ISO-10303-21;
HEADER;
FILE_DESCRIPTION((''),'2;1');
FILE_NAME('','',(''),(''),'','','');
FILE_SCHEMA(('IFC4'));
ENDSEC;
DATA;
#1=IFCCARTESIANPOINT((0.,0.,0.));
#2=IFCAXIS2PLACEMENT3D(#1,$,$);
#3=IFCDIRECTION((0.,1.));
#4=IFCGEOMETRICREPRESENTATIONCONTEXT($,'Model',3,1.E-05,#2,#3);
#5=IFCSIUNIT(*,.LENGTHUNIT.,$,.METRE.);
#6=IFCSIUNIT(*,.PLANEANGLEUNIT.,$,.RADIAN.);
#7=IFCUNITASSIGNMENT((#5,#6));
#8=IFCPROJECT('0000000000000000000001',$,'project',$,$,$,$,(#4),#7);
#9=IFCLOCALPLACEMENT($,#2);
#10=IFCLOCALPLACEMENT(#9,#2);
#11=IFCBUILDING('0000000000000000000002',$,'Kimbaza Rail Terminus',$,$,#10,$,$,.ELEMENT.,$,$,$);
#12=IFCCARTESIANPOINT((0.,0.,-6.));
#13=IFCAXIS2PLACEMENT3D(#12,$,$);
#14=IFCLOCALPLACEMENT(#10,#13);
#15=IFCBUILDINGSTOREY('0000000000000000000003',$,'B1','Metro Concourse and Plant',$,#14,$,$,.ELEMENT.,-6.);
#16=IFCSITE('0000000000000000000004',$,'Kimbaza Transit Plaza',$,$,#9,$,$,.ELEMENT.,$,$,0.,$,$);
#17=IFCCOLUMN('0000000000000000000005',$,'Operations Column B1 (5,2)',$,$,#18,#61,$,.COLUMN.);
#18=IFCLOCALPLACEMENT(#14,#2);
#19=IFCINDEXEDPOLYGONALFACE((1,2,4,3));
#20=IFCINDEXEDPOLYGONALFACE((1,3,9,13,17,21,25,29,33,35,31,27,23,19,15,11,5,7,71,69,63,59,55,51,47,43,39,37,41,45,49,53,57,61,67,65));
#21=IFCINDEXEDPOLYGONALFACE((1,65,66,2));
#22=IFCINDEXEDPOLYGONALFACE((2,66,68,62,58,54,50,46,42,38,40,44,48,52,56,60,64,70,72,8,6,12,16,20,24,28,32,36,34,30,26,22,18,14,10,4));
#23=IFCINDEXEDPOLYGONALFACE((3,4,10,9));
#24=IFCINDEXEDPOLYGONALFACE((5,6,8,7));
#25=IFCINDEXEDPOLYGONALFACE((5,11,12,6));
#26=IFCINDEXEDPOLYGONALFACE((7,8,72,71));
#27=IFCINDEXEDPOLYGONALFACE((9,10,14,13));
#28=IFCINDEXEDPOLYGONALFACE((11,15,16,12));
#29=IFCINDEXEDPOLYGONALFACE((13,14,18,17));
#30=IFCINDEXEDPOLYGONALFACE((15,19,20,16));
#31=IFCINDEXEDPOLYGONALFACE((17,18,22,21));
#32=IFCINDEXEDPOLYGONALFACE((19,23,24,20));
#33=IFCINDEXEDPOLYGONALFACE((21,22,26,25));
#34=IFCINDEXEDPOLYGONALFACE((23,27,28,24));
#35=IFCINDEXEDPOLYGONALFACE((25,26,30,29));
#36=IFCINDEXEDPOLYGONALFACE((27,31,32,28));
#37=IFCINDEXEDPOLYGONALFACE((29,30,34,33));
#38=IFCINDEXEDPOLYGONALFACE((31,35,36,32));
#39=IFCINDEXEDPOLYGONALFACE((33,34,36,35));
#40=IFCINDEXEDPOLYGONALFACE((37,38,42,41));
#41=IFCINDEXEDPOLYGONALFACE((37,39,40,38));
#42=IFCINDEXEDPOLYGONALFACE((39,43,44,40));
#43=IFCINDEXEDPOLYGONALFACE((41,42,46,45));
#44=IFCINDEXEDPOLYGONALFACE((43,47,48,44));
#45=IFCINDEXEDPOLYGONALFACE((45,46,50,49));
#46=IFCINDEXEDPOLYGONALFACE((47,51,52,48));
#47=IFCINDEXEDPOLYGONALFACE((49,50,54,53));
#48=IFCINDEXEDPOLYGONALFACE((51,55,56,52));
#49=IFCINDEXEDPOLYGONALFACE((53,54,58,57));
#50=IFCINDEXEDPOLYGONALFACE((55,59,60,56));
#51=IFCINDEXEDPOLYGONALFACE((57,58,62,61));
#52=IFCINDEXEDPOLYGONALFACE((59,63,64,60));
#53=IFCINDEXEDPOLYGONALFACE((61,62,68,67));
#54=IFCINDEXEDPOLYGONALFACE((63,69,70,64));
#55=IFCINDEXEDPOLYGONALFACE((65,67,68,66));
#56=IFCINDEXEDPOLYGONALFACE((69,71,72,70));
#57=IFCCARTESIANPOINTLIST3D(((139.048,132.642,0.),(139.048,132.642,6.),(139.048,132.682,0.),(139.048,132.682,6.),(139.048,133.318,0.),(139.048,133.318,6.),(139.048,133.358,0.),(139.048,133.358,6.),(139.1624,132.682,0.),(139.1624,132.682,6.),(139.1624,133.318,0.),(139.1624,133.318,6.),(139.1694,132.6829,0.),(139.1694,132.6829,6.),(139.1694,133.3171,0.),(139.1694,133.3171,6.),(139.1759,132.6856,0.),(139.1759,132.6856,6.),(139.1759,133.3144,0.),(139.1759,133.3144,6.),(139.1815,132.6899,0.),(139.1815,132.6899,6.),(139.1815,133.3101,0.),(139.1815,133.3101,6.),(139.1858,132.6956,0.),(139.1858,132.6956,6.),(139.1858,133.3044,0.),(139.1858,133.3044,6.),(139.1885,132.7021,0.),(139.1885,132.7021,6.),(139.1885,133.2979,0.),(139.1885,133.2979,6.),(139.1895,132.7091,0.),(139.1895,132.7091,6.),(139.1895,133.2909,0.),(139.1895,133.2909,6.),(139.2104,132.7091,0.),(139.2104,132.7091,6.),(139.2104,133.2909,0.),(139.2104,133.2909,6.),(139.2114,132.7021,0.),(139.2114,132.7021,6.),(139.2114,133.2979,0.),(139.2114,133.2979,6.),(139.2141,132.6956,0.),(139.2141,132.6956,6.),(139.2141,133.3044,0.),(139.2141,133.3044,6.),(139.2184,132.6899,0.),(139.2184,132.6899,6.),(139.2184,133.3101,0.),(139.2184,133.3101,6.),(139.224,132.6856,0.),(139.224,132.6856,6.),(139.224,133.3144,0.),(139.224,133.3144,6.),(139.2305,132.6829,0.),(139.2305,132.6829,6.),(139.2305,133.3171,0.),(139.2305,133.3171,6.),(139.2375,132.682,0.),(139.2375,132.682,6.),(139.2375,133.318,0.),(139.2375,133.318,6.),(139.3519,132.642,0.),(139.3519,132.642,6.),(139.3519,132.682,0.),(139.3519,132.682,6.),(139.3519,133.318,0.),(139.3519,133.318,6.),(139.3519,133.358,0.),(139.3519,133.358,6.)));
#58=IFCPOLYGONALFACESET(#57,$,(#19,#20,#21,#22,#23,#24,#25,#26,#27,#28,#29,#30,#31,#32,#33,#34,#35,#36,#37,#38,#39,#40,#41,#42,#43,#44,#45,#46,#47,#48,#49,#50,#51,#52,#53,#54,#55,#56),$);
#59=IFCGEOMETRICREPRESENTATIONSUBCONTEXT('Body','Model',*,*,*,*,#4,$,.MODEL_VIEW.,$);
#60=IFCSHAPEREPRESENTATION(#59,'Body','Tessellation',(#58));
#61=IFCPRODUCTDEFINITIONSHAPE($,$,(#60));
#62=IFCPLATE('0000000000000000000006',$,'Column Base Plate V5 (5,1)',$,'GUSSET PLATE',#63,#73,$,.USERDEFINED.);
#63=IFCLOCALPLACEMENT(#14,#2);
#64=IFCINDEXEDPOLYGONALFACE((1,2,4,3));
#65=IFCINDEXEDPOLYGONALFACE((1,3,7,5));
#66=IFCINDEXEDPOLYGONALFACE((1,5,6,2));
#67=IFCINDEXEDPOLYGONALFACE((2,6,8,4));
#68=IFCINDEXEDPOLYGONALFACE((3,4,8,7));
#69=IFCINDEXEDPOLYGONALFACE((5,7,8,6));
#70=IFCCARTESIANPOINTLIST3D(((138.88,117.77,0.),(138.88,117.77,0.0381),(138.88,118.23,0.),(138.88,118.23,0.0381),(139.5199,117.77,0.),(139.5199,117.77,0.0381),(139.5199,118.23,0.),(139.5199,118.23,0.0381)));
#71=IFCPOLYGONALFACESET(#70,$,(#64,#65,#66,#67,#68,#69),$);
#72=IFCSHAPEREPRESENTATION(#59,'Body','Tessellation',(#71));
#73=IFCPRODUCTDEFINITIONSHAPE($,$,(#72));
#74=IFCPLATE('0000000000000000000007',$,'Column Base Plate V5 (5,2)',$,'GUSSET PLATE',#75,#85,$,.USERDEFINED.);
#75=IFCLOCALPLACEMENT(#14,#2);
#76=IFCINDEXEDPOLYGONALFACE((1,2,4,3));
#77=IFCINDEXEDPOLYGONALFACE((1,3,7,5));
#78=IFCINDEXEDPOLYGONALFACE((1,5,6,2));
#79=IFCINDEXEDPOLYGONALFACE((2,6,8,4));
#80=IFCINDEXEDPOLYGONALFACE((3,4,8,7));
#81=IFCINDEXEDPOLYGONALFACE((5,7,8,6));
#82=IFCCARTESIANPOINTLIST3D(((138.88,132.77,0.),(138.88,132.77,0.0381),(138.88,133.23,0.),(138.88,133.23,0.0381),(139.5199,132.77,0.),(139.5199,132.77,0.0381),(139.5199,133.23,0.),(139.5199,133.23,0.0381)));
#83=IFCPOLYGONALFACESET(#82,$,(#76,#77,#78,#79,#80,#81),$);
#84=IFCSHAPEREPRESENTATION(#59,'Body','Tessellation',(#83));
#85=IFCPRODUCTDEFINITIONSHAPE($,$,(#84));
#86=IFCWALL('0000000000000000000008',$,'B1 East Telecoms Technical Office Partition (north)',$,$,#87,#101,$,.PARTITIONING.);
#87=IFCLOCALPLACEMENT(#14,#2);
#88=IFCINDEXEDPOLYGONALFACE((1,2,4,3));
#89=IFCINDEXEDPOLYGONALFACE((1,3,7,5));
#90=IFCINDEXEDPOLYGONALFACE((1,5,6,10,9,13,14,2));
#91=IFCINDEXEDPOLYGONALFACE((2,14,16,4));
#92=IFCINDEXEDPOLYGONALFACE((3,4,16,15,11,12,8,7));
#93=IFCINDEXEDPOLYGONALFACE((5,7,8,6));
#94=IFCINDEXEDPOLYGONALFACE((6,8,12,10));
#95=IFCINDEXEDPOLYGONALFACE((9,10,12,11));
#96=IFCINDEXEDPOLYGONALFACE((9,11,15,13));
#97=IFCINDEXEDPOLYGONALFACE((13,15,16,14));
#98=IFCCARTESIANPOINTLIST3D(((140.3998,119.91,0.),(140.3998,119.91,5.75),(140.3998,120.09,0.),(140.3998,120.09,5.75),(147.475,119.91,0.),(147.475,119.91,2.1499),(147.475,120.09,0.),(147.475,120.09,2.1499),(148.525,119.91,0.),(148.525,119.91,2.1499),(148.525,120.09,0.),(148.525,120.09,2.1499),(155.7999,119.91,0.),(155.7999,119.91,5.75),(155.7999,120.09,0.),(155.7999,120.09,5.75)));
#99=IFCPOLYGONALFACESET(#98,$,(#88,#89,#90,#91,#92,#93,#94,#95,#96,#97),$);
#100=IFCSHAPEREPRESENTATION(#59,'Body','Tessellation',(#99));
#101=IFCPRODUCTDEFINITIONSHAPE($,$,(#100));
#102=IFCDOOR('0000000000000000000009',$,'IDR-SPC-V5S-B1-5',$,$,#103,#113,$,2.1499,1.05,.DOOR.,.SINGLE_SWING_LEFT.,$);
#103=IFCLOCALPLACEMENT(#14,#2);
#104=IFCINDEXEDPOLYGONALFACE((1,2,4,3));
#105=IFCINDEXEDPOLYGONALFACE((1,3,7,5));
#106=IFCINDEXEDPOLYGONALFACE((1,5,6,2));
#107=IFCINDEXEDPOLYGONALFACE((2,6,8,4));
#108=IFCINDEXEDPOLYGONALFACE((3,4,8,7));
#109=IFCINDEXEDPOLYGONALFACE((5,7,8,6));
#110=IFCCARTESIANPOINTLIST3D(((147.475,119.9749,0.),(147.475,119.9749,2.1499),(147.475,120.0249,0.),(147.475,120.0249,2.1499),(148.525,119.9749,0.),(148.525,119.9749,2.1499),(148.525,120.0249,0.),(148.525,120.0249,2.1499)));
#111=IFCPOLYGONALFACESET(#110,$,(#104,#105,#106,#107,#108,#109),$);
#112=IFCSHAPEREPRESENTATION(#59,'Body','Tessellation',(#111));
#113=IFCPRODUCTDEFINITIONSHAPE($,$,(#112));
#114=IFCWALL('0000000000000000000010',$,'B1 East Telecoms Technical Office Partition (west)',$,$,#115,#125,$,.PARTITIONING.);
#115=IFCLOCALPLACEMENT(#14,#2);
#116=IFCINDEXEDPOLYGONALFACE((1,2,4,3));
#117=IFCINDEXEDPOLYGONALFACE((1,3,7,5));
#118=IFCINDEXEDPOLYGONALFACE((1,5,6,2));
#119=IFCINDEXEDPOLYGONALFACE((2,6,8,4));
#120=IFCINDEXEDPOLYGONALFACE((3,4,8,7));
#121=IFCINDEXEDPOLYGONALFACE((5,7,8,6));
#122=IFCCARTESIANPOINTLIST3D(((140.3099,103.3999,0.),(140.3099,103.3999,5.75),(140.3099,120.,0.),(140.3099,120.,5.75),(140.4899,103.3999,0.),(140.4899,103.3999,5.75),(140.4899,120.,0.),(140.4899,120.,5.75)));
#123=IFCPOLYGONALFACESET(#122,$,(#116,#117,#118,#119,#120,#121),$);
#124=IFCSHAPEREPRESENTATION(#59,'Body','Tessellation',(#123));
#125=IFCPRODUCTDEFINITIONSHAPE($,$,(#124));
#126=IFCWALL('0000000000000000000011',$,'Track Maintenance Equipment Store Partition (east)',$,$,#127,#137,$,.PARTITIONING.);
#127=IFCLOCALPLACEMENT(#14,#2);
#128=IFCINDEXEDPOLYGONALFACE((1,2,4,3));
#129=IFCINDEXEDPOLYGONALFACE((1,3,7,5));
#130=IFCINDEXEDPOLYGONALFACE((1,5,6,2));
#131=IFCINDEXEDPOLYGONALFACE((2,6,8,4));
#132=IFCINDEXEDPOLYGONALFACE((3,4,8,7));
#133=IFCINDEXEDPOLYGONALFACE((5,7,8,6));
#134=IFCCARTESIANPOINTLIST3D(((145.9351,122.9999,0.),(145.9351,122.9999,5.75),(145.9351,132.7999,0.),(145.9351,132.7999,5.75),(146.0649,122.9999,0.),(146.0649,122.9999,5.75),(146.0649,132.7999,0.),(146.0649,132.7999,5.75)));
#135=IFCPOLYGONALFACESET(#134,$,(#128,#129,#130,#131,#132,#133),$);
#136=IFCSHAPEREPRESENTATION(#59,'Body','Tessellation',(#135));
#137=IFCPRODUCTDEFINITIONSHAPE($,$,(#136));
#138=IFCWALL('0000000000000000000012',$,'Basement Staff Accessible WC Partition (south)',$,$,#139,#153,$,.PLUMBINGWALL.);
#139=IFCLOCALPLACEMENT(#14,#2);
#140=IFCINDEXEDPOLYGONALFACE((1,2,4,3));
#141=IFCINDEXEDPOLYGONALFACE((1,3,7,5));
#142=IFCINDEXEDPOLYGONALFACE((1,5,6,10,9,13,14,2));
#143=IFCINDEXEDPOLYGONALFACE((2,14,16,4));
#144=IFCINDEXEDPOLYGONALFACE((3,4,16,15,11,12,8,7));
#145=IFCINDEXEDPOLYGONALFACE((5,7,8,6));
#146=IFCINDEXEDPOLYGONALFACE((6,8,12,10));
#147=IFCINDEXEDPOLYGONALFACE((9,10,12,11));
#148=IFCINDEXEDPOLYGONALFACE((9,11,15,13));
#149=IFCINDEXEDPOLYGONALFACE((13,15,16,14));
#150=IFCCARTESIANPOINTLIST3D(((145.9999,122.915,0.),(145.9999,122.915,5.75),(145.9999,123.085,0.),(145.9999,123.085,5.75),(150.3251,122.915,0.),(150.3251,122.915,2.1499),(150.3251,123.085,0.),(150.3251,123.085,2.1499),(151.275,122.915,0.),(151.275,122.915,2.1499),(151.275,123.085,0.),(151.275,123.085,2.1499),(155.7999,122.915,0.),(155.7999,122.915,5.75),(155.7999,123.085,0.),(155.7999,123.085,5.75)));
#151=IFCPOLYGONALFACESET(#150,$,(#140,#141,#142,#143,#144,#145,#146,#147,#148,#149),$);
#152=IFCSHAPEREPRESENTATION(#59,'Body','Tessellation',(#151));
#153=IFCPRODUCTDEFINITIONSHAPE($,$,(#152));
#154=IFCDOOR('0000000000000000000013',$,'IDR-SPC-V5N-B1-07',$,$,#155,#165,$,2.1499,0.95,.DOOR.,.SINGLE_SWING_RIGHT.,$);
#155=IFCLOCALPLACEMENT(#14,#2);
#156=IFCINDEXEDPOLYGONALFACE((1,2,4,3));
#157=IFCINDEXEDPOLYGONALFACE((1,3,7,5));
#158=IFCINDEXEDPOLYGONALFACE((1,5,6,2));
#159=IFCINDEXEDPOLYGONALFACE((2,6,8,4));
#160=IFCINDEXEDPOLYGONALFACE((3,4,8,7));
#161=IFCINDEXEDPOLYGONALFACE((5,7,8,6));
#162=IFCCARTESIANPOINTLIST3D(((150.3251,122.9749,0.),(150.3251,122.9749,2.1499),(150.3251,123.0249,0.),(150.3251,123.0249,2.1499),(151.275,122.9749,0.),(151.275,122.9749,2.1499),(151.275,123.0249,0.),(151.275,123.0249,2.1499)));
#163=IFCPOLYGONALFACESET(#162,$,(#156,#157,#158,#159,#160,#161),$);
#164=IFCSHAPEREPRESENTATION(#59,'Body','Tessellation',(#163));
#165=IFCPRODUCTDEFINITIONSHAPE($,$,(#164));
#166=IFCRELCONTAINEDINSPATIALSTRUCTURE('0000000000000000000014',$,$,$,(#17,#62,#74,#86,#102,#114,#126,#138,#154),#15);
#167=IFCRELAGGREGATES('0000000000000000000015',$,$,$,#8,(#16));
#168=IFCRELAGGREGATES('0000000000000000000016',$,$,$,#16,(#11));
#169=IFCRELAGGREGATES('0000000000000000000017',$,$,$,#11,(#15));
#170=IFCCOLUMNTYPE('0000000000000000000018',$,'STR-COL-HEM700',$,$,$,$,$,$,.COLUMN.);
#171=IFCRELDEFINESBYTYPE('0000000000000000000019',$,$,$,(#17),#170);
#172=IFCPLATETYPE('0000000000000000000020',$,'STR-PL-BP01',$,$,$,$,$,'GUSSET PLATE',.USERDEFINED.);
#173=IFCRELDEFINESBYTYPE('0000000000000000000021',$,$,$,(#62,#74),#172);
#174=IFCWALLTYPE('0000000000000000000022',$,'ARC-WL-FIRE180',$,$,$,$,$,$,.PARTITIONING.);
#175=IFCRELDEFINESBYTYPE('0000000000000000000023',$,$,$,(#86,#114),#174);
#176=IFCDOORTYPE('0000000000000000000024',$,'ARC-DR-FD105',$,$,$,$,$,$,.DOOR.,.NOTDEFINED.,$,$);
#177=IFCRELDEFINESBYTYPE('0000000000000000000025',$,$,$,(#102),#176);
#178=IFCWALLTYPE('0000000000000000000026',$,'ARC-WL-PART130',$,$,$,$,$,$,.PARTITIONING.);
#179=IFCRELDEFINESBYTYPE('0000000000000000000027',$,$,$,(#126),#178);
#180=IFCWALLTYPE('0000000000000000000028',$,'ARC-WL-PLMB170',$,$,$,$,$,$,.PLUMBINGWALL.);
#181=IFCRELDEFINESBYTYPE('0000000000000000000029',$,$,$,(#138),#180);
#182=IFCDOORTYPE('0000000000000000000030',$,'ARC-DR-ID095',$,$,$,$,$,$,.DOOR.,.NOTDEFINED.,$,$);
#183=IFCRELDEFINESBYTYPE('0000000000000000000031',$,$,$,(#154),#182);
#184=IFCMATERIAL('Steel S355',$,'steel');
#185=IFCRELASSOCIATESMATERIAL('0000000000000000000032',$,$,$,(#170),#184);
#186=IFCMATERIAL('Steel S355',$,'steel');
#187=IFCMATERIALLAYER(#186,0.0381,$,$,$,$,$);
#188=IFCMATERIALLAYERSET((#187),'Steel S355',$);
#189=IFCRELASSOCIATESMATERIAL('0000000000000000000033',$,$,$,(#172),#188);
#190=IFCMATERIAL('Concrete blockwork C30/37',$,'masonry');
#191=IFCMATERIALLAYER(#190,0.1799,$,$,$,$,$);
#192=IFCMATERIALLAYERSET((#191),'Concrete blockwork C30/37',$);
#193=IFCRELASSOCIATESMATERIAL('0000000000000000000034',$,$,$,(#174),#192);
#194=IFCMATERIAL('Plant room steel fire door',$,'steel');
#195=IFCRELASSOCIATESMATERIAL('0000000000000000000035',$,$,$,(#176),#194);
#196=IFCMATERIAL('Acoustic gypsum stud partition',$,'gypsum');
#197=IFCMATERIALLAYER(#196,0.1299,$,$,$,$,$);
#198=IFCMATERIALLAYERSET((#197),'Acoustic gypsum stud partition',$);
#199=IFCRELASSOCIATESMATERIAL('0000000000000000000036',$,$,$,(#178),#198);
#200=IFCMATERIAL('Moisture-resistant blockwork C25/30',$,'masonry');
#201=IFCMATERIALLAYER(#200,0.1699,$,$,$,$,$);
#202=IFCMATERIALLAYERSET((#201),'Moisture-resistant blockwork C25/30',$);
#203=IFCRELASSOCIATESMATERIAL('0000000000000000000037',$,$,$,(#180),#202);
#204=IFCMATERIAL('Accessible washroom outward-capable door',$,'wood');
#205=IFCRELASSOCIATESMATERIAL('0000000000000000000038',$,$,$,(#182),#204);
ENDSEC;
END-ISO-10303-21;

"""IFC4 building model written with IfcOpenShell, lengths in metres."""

from ifc_helpers import new_model, si_unit, direction, frame, frame_2d, origin, origin_2d, place, context, subcontext, project, spatial, rectangle, i_section, extrude, material, layer, layer_set, material_profile, profile_set, type_object, element, fill, save


model = new_model("IFC4")

# Units and contexts
model_context = context("Model", 3, precision=1e-05, world=origin(), true_north=direction((0.0, 1.0)))
body_context = subcontext(model_context, "Body", "Model", "MODEL_VIEW")
ifc_project = project(units=[si_unit("LENGTHUNIT", "METRE"), si_unit("PLANEANGLEUNIT", "RADIAN")], contexts=[model_context])

# Site, building, storey
site_placement = place(None, origin())
site = spatial("IfcSite", under=ifc_project, at=site_placement, Name="Kimbaza Transit Plaza", CompositionType="ELEMENT", RefElevation=0.0)
building_placement = place(site_placement, origin())
building = spatial("IfcBuilding", under=site, at=building_placement, Name="Kimbaza Rail Terminus", CompositionType="ELEMENT")
storey_placement = place(building_placement, frame((0.0, 0.0, -6.0)))
storey = spatial("IfcBuildingStorey", under=building, at=storey_placement, Name="B1", Description="Metro Concourse and Plant", CompositionType="ELEMENT", Elevation=-6.0)

# Column
ifc_material_1 = material(Name="Steel S355", Category="steel")
ifc_material_profile_1 = material_profile(ifc_material_1, i_section(OverallWidth=0.304, OverallDepth=0.7161, WebThickness=0.021, FlangeThickness=0.04, FilletRadius=0.0271, at=origin_2d()), Name="HEM 700")
ifc_profile_set_1 = profile_set([ifc_material_profile_1], Name="Steel S355")
column_type = type_object("IfcColumnType", Name="STR-COL-HEM700", PredefinedType="COLUMN", material=ifc_profile_set_1)
for number, where, z_axis, x_axis, name in (
    (1, (139.2, 133.0, 0.0), (0.0, 0.0, 1.0), (1.0, 0.0, 0.0), "Operations Column B1 (5,2)"),
):
    element("IfcColumn", number, at=place(storey_placement, frame(where, z_axis=z_axis, x_axis=x_axis)), inside=storey, type_object=column_type, Name=name, PredefinedType="COLUMN", context=body_context, shape_type="SweptSolid", body=[
        extrude(i_section(OverallWidth=0.304, OverallDepth=0.7161, WebThickness=0.021, FlangeThickness=0.04, FilletRadius=0.0271, at=origin_2d()), origin(), (0.0, 0.0, 1.0), 6.0),
    ])

# Plates
ifc_material_2 = material(Name="Steel S355", Category="steel")
ifc_layer_1 = layer(ifc_material_2, 0.0381)
ifc_layer_set_1 = layer_set([ifc_layer_1], Name="Steel S355")
plate_type = type_object("IfcPlateType", Name="STR-PL-BP01", ElementType="GUSSET PLATE", PredefinedType="USERDEFINED", material=ifc_layer_set_1)
for number, where, z_axis, x_axis, name in (
    (2, (139.2, 118.0, 0.0), (0.0, 0.0, 1.0), (1.0, 0.0, 0.0), "Column Base Plate V5 (5,1)"),
    (3, (139.2, 133.0, 0.0), (0.0, 0.0, 1.0), (1.0, 0.0, 0.0), "Column Base Plate V5 (5,2)"),
):
    element("IfcPlate", number, at=place(storey_placement, frame(where, z_axis=z_axis, x_axis=x_axis)), inside=storey, type_object=plate_type, Name=name, ObjectType="GUSSET PLATE", PredefinedType="USERDEFINED", context=body_context, shape_type="SweptSolid", body=[
        extrude(rectangle(XDim=0.6399, YDim=0.46, at=origin_2d()), origin(), (0.0, 0.0, 1.0), 0.0381),
    ])

# Wall, opening, door
ifc_material_3 = material(Name="Concrete blockwork C30/37", Category="masonry")
ifc_layer_2 = layer(ifc_material_3, 0.1799)
ifc_layer_set_2 = layer_set([ifc_layer_2], Name="Concrete blockwork C30/37")
wall_type_1 = type_object("IfcWallType", Name="ARC-WL-FIRE180", PredefinedType="PARTITIONING", material=ifc_layer_set_2)
wall_1_placement = place(storey_placement, frame((155.8, 120.0, 0.0), z_axis=(0.0, 0.0, 1.0), x_axis=(-1.0, 0.0, 0.0)))
wall_1 = element("IfcWall", 4, at=wall_1_placement, inside=storey, type_object=wall_type_1, Name="B1 East Telecoms Technical Office Partition (north)", PredefinedType="PARTITIONING", context=body_context, shape_type="SweptSolid", body=[
    extrude(rectangle(XDim=15.4001, YDim=0.1799, at=frame_2d((7.7002, 0.0))), origin(), (0.0, 0.0, 1.0), 5.75),
])
opening_1_placement = place(wall_1_placement, frame((8.325, 0.0, 0.0), z_axis=(0.0, 0.0, 1.0), x_axis=(-1.0, 0.0, 0.0)))
opening_1 = element("IfcOpeningElement", 5, at=opening_1_placement, cuts=wall_1, PredefinedType="OPENING", context=body_context, shape_type="SweptSolid", body=[
    extrude(rectangle(XDim=1.05, YDim=2.1499, at=frame_2d((0.5249, 1.075))), frame((0.0, 0.0999, 0.0), z_axis=(0.0, -1.0, 0.0), x_axis=(1.0, 0.0, 0.0)), (0.0, 0.0, 1.0), 0.2),
])
ifc_material_4 = material(Name="Plant room steel fire door", Category="steel")
door_type_1 = type_object("IfcDoorType", Name="ARC-DR-FD105", OperationType="NOTDEFINED", PredefinedType="DOOR", material=ifc_material_4)
door_1_placement = place(opening_1_placement, origin())
door_1 = element("IfcDoor", 6, at=door_1_placement, inside=storey, type_object=door_type_1, Name="IDR-SPC-V5S-B1-5", OperationType="SINGLE_SWING_LEFT", OverallHeight=2.1499, OverallWidth=1.05, PredefinedType="DOOR", context=body_context, shape_type="SweptSolid", body=[
    extrude(rectangle(XDim=1.05, YDim=2.1499, at=frame_2d((0.5249, 1.075))), frame((0.0, 0.0249, 0.0), z_axis=(0.0, -1.0, 0.0), x_axis=(1.0, 0.0, 0.0)), (0.0, 0.0, 1.0), 0.05),
])
fill(opening_1, door_1)

# Walls
wall_2_placement = place(storey_placement, frame((140.3999, 120.0, 0.0), z_axis=(0.0, 0.0, 1.0), x_axis=(0.0, -1.0, 0.0)))
element("IfcWall", 7, at=wall_2_placement, inside=storey, type_object=wall_type_1, Name="B1 East Telecoms Technical Office Partition (west)", PredefinedType="PARTITIONING", context=body_context, shape_type="SweptSolid", body=[
    extrude(rectangle(XDim=16.6001, YDim=0.1799, at=frame_2d((8.3, 0.0))), origin(), (0.0, 0.0, 1.0), 5.75),
])
ifc_material_5 = material(Name="Acoustic gypsum stud partition", Category="gypsum")
ifc_layer_3 = layer(ifc_material_5, 0.1299)
ifc_layer_set_3 = layer_set([ifc_layer_3], Name="Acoustic gypsum stud partition")
wall_type_2 = type_object("IfcWallType", Name="ARC-WL-PART130", PredefinedType="PARTITIONING", material=ifc_layer_set_3)
wall_3_placement = place(storey_placement, frame((146.0, 123.0, 0.0), z_axis=(0.0, 0.0, 1.0), x_axis=(0.0, 1.0, 0.0)))
element("IfcWall", 8, at=wall_3_placement, inside=storey, type_object=wall_type_2, Name="Track Maintenance Equipment Store Partition (east)", PredefinedType="PARTITIONING", context=body_context, shape_type="SweptSolid", body=[
    extrude(rectangle(XDim=9.8, YDim=0.1299, at=frame_2d((4.8999, 0.0))), origin(), (0.0, 0.0, 1.0), 5.75),
])

# Wall, opening, door
ifc_material_6 = material(Name="Moisture-resistant blockwork C25/30", Category="masonry")
ifc_layer_4 = layer(ifc_material_6, 0.1699)
ifc_layer_set_4 = layer_set([ifc_layer_4], Name="Moisture-resistant blockwork C25/30")
wall_type_3 = type_object("IfcWallType", Name="ARC-WL-PLMB170", PredefinedType="PLUMBINGWALL", material=ifc_layer_set_4)
wall_4_placement = place(storey_placement, frame((146.0, 123.0, 0.0), z_axis=(0.0, 0.0, 1.0), x_axis=(1.0, 0.0, 0.0)))
wall_4 = element("IfcWall", 9, at=wall_4_placement, inside=storey, type_object=wall_type_3, Name="Basement Staff Accessible WC Partition (south)", PredefinedType="PLUMBINGWALL", context=body_context, shape_type="SweptSolid", body=[
    extrude(rectangle(XDim=9.8, YDim=0.1699, at=frame_2d((4.8999, 0.0))), origin(), (0.0, 0.0, 1.0), 5.75),
])
opening_2_placement = place(wall_4_placement, frame((4.325, 0.0, 0.0)))
opening_2 = element("IfcOpeningElement", 10, at=opening_2_placement, cuts=wall_4, PredefinedType="OPENING", context=body_context, shape_type="SweptSolid", body=[
    extrude(rectangle(XDim=0.95, YDim=2.1499, at=frame_2d((0.4751, 1.075))), frame((0.0, 0.095, 0.0), z_axis=(0.0, -1.0, 0.0), x_axis=(1.0, 0.0, 0.0)), (0.0, 0.0, 1.0), 0.1899),
])
ifc_material_7 = material(Name="Accessible washroom outward-capable door", Category="wood")
door_type_2 = type_object("IfcDoorType", Name="ARC-DR-ID095", OperationType="NOTDEFINED", PredefinedType="DOOR", material=ifc_material_7)
door_2_placement = place(opening_2_placement, origin())
door_2 = element("IfcDoor", 11, at=door_2_placement, inside=storey, type_object=door_type_2, Name="IDR-SPC-V5N-B1-07", OperationType="SINGLE_SWING_RIGHT", OverallHeight=2.1499, OverallWidth=0.95, PredefinedType="DOOR", context=body_context, shape_type="SweptSolid", body=[
    extrude(rectangle(XDim=0.95, YDim=2.1499, at=frame_2d((0.4751, 1.075))), frame((0.0, 0.0249, 0.0), z_axis=(0.0, -1.0, 0.0), x_axis=(1.0, 0.0, 0.0)), (0.0, 0.0, 1.0), 0.05),
])
fill(opening_2, door_2)

save(model, "model.ifc")
